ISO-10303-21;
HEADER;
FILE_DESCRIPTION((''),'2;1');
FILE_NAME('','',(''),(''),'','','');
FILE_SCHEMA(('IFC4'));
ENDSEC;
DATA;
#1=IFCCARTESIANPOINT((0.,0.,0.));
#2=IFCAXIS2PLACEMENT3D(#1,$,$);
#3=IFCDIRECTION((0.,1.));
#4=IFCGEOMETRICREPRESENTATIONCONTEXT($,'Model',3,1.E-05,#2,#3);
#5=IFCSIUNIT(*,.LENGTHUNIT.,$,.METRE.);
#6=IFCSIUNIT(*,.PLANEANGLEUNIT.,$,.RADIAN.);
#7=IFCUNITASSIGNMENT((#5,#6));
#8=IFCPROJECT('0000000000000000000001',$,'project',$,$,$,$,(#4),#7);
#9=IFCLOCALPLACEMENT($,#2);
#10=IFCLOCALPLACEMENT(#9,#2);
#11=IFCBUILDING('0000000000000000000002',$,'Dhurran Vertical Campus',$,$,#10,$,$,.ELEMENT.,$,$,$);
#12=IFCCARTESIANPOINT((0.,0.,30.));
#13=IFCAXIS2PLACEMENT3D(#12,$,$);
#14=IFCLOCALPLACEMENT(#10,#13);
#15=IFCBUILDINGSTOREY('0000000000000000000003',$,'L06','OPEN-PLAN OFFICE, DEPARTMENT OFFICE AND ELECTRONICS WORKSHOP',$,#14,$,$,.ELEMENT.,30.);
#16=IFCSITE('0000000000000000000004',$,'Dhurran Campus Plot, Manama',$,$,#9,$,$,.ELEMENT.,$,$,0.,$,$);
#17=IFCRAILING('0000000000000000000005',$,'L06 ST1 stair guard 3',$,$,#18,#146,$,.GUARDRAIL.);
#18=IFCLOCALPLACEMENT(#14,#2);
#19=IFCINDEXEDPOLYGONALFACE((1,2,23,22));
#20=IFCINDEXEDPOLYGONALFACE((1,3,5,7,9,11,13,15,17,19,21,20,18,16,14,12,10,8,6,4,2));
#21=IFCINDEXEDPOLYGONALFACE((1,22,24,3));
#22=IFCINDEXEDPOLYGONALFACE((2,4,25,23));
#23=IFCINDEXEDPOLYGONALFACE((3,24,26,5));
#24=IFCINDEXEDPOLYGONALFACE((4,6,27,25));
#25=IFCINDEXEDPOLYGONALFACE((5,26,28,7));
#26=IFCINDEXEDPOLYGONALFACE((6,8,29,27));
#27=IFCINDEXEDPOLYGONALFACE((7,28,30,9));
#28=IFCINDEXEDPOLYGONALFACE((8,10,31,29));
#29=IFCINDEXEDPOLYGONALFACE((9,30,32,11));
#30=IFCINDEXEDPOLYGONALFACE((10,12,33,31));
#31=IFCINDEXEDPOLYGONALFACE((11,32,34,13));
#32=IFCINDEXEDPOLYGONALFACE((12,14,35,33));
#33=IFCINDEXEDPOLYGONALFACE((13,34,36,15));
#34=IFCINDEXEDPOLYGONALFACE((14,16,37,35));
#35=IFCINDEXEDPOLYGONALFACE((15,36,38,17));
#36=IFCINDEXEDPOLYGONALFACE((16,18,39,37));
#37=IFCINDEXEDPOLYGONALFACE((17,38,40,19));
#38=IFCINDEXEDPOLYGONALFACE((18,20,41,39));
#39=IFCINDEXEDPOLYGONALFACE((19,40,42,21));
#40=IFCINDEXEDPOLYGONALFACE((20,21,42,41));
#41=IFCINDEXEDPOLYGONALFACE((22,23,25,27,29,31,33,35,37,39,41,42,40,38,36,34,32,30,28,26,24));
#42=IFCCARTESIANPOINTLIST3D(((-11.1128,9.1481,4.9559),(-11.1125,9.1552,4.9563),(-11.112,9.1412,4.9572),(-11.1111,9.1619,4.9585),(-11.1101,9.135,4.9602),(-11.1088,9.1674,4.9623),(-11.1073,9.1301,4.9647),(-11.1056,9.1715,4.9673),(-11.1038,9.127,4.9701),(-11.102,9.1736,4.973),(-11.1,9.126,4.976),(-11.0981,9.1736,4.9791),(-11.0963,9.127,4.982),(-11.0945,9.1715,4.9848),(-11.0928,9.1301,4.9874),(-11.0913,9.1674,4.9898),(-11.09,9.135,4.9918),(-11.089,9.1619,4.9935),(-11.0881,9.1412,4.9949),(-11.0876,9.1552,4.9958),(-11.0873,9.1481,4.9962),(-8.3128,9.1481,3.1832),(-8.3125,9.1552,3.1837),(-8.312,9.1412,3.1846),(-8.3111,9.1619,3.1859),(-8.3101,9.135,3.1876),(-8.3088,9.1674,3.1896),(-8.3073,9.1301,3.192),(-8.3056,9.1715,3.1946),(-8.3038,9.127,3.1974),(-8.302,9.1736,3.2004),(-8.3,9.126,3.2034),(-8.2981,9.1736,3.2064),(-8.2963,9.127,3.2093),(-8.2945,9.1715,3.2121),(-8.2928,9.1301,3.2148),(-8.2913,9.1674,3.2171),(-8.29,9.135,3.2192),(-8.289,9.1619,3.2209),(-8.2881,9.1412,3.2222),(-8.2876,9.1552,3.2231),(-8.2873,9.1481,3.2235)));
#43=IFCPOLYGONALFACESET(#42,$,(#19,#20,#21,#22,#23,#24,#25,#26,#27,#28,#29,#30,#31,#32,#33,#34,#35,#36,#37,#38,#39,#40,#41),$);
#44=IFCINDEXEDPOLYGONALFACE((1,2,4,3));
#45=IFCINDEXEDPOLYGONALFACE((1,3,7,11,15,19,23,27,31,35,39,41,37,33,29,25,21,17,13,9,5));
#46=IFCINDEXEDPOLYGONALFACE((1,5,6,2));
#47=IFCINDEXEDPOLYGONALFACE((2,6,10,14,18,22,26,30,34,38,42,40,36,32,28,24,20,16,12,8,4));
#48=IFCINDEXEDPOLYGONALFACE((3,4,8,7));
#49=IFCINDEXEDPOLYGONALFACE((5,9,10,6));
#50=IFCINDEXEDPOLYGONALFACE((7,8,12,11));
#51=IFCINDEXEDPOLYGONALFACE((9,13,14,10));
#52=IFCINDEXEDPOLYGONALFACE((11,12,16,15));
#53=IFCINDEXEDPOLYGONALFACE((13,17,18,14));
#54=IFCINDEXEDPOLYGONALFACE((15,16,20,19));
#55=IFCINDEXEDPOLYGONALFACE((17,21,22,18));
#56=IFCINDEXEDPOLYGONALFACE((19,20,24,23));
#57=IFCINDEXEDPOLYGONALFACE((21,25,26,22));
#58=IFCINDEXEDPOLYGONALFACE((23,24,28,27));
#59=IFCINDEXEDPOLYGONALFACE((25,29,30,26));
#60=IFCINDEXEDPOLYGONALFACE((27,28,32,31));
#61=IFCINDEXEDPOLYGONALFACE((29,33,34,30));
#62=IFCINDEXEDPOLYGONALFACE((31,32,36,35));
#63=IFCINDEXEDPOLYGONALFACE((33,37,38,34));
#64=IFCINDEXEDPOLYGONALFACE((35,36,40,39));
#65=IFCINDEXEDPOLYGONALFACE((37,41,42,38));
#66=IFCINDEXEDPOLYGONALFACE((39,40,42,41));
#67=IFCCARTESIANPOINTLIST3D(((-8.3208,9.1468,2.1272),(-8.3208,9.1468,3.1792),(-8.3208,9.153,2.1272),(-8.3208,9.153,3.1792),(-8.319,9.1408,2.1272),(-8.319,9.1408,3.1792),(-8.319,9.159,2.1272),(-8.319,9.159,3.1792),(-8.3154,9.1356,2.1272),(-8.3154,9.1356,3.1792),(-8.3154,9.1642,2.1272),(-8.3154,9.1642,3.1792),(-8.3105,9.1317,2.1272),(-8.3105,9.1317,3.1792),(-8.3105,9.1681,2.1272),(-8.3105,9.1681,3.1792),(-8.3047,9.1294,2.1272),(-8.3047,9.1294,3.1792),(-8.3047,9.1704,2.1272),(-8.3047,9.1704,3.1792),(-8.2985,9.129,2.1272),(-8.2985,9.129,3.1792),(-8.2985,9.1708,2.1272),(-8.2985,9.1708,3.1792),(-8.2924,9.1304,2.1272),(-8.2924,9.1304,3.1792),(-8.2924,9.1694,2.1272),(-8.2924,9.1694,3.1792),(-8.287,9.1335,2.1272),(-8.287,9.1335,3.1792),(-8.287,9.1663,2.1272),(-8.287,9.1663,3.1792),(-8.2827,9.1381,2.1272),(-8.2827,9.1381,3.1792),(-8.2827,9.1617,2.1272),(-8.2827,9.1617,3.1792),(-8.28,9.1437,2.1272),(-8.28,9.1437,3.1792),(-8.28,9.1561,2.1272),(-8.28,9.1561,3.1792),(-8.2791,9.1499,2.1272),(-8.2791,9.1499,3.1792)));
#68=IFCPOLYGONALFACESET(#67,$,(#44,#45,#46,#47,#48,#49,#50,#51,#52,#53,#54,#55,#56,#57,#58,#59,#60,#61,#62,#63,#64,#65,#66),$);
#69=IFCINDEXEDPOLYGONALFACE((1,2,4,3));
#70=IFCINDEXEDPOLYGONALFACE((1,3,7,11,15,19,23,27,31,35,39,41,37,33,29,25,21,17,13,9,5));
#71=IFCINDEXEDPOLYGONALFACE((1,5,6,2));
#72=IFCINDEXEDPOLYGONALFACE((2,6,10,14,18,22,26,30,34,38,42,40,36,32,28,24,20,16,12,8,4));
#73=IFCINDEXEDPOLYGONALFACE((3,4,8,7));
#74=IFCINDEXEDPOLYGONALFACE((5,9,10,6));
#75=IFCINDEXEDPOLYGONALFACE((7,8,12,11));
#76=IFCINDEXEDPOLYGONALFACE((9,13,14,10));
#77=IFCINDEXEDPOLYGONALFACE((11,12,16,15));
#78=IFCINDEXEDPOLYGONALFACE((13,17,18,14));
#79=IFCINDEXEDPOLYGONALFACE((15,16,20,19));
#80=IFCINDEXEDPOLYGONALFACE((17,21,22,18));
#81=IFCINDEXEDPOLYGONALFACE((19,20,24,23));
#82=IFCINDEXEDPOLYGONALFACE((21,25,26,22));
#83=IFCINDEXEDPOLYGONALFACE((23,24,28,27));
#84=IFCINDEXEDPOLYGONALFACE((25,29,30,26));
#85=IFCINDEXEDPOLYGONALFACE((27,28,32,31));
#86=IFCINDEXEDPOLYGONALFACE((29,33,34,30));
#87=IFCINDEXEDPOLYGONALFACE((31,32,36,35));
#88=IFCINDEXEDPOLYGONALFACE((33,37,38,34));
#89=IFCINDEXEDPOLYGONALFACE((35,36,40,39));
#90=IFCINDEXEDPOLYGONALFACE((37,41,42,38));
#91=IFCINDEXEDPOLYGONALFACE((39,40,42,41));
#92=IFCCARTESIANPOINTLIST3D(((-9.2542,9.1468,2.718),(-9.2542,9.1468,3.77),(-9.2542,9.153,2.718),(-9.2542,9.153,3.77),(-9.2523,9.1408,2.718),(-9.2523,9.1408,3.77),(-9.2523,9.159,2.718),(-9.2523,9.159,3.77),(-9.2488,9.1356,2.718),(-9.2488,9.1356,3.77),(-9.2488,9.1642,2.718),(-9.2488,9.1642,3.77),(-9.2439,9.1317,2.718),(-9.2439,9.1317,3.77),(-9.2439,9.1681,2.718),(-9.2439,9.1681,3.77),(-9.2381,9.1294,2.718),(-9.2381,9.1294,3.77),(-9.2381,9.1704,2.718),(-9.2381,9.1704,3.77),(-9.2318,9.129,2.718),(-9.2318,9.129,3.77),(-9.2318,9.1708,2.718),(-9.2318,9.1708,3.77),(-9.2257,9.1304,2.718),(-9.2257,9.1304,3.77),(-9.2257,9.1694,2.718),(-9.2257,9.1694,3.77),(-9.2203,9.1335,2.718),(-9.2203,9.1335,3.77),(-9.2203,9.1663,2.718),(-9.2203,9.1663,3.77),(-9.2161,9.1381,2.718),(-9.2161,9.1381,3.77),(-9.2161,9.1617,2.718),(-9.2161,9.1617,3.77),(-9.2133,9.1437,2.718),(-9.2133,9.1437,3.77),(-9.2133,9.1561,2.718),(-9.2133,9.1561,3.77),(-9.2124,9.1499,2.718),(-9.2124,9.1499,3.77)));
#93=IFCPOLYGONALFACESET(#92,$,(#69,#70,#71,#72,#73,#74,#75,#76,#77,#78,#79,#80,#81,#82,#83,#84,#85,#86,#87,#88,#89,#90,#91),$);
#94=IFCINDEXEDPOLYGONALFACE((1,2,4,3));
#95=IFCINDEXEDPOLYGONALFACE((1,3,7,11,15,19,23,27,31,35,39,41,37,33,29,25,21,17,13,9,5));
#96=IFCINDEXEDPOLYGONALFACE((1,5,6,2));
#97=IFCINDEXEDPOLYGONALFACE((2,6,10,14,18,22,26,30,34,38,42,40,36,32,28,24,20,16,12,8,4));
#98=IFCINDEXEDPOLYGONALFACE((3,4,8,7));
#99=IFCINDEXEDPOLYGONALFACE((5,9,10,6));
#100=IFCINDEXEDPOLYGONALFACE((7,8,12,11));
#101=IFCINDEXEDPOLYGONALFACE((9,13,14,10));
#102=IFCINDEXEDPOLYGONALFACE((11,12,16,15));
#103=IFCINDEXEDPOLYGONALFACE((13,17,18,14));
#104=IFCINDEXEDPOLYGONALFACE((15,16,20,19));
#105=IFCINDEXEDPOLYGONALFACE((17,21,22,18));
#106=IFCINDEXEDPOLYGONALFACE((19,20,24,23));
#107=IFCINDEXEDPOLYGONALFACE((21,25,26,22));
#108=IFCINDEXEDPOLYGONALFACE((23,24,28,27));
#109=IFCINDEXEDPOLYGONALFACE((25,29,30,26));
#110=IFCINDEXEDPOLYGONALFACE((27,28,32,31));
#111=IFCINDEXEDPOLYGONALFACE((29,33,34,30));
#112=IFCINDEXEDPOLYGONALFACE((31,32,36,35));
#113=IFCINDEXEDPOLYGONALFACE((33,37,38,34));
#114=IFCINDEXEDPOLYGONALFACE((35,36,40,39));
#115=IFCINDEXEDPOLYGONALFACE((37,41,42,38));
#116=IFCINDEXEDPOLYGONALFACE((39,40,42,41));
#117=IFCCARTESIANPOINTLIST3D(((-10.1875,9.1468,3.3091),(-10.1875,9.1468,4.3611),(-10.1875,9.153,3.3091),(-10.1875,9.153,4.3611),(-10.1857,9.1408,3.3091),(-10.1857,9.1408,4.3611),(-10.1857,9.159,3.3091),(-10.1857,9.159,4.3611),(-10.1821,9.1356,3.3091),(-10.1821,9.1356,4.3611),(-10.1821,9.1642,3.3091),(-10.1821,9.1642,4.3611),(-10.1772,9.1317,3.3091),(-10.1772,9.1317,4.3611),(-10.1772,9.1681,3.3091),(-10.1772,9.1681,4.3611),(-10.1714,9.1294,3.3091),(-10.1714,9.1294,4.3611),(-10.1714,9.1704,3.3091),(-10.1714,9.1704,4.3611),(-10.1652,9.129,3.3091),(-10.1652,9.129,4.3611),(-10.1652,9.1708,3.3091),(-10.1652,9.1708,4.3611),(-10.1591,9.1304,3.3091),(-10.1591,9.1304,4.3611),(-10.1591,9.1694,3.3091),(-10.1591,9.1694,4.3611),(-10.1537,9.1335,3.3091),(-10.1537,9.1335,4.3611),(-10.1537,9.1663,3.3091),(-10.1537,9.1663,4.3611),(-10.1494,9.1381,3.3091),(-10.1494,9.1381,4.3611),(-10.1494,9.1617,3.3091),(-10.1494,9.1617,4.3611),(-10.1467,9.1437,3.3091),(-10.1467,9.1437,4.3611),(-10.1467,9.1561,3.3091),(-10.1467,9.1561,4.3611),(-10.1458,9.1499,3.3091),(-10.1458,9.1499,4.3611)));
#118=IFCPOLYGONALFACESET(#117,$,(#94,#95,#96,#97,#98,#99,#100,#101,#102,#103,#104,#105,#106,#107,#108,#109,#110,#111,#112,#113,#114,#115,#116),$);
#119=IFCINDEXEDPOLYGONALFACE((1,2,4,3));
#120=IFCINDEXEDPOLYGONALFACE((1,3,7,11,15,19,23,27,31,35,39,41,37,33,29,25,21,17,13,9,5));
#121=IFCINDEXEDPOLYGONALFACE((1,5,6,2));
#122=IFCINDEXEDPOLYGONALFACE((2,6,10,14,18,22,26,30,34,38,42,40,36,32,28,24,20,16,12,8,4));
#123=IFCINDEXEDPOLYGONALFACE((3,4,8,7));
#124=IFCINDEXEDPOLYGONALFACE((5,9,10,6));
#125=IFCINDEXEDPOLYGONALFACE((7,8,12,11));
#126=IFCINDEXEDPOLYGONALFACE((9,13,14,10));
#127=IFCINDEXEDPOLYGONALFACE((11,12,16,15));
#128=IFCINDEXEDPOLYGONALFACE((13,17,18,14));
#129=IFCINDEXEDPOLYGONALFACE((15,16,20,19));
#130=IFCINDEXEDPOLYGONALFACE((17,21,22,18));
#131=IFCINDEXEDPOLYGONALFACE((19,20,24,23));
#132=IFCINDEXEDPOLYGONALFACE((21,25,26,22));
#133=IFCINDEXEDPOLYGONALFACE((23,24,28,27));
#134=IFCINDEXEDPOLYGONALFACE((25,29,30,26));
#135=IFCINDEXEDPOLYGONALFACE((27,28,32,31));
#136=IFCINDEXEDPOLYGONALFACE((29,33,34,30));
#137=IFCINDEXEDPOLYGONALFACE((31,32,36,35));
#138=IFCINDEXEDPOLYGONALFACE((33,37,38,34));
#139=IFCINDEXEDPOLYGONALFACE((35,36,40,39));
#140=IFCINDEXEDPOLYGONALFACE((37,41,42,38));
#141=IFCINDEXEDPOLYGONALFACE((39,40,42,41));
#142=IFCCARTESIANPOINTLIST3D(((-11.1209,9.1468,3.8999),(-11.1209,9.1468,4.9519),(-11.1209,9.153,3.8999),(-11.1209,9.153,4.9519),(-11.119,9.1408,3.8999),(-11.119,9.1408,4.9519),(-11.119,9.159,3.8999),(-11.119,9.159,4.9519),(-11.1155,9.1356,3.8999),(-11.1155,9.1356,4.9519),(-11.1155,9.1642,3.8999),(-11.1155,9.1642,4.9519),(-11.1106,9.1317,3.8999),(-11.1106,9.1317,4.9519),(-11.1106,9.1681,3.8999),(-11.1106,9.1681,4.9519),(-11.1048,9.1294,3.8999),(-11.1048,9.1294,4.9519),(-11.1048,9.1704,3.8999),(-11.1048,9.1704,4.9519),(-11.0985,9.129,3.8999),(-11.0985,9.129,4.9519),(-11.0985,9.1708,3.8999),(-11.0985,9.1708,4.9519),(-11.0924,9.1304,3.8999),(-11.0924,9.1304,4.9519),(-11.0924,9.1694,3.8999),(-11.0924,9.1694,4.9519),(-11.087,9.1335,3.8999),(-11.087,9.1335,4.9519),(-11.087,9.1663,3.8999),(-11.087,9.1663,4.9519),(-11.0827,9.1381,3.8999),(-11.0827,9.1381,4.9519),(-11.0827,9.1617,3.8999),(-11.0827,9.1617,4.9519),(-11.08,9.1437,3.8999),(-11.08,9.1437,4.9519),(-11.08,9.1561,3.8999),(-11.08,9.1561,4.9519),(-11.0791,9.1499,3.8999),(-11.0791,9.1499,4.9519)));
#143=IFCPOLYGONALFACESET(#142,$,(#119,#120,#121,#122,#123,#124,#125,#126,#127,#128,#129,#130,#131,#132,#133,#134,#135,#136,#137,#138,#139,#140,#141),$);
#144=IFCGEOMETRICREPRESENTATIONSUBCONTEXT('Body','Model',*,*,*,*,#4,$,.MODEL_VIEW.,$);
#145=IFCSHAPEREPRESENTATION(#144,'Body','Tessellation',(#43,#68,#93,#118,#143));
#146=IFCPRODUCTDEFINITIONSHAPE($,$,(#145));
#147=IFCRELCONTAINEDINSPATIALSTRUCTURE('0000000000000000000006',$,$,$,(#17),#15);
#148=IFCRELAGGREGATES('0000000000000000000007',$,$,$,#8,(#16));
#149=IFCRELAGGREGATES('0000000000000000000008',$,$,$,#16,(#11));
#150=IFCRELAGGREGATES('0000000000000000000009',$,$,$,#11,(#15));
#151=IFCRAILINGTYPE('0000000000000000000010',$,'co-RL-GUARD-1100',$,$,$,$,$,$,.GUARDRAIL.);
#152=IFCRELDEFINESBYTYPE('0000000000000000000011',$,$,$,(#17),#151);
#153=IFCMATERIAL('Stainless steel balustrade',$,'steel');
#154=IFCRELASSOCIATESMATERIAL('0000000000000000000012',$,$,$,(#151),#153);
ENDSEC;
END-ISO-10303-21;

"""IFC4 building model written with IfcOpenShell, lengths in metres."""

from ifc_helpers import new_model, si_unit, direction, frame, origin, origin_2d, place, context, subcontext, project, spatial, circle, extrude, material, type_object, element, save


model = new_model("IFC4")

# Units and contexts
model_context = context("Model", 3, precision=1e-05, world=origin(), true_north=direction((0.0, 1.0)))
body_context = subcontext(model_context, "Body", "Model", "MODEL_VIEW")
ifc_project = project(units=[si_unit("LENGTHUNIT", "METRE"), si_unit("PLANEANGLEUNIT", "RADIAN")], contexts=[model_context])

# Site, building, storey
site_placement = place(None, origin())
site = spatial("IfcSite", under=ifc_project, at=site_placement, Name="Dhurran Campus Plot, Manama", CompositionType="ELEMENT", RefElevation=0.0)
building_placement = place(site_placement, origin())
building = spatial("IfcBuilding", under=site, at=building_placement, Name="Dhurran Vertical Campus", CompositionType="ELEMENT")
storey_placement = place(building_placement, frame((0.0, 0.0, 30.0)))
storey = spatial("IfcBuildingStorey", under=building, at=storey_placement, Name="L06", Description="OPEN-PLAN OFFICE, DEPARTMENT OFFICE AND ELECTRONICS WORKSHOP", CompositionType="ELEMENT", Elevation=30.0)

# Railing
ifc_material_1 = material(Name="Stainless steel balustrade", Category="steel")
railing_type_1 = type_object("IfcRailingType", Name="co-RL-GUARD-1100", PredefinedType="GUARDRAIL", material=ifc_material_1)
railing_1_placement = place(storey_placement, frame((-8.3, 9.1499, 2.1272)))
element("IfcRailing", 1, at=railing_1_placement, inside=storey, type_object=railing_type_1, Name="L06 ST1 stair guard 3", PredefinedType="GUARDRAIL", context=body_context, shape_type="SweptSolid", body=[
    extrude(circle(Radius=0.0239, at=origin_2d()), frame((0.0, 0.0, 1.0762), z_axis=(-0.844909, 0.0, 0.53491), x_axis=(0.0, -1.0, 0.0)), (0.0, 0.0, 1.0), 3.314),
    extrude(circle(Radius=0.021, at=origin_2d()), origin(), (0.0, 0.0, 1.0), 1.052),
    extrude(circle(Radius=0.021, at=origin_2d()), frame((-0.9333, 0.0, 0.5908)), (0.0, 0.0, 1.0), 1.052),
    extrude(circle(Radius=0.021, at=origin_2d()), frame((-1.8667, 0.0, 1.1819)), (0.0, 0.0, 1.0), 1.052),
    extrude(circle(Radius=0.021, at=origin_2d()), frame((-2.8, 0.0, 1.7727)), (0.0, 0.0, 1.0), 1.052),
])

save(model, "model.ifc")
